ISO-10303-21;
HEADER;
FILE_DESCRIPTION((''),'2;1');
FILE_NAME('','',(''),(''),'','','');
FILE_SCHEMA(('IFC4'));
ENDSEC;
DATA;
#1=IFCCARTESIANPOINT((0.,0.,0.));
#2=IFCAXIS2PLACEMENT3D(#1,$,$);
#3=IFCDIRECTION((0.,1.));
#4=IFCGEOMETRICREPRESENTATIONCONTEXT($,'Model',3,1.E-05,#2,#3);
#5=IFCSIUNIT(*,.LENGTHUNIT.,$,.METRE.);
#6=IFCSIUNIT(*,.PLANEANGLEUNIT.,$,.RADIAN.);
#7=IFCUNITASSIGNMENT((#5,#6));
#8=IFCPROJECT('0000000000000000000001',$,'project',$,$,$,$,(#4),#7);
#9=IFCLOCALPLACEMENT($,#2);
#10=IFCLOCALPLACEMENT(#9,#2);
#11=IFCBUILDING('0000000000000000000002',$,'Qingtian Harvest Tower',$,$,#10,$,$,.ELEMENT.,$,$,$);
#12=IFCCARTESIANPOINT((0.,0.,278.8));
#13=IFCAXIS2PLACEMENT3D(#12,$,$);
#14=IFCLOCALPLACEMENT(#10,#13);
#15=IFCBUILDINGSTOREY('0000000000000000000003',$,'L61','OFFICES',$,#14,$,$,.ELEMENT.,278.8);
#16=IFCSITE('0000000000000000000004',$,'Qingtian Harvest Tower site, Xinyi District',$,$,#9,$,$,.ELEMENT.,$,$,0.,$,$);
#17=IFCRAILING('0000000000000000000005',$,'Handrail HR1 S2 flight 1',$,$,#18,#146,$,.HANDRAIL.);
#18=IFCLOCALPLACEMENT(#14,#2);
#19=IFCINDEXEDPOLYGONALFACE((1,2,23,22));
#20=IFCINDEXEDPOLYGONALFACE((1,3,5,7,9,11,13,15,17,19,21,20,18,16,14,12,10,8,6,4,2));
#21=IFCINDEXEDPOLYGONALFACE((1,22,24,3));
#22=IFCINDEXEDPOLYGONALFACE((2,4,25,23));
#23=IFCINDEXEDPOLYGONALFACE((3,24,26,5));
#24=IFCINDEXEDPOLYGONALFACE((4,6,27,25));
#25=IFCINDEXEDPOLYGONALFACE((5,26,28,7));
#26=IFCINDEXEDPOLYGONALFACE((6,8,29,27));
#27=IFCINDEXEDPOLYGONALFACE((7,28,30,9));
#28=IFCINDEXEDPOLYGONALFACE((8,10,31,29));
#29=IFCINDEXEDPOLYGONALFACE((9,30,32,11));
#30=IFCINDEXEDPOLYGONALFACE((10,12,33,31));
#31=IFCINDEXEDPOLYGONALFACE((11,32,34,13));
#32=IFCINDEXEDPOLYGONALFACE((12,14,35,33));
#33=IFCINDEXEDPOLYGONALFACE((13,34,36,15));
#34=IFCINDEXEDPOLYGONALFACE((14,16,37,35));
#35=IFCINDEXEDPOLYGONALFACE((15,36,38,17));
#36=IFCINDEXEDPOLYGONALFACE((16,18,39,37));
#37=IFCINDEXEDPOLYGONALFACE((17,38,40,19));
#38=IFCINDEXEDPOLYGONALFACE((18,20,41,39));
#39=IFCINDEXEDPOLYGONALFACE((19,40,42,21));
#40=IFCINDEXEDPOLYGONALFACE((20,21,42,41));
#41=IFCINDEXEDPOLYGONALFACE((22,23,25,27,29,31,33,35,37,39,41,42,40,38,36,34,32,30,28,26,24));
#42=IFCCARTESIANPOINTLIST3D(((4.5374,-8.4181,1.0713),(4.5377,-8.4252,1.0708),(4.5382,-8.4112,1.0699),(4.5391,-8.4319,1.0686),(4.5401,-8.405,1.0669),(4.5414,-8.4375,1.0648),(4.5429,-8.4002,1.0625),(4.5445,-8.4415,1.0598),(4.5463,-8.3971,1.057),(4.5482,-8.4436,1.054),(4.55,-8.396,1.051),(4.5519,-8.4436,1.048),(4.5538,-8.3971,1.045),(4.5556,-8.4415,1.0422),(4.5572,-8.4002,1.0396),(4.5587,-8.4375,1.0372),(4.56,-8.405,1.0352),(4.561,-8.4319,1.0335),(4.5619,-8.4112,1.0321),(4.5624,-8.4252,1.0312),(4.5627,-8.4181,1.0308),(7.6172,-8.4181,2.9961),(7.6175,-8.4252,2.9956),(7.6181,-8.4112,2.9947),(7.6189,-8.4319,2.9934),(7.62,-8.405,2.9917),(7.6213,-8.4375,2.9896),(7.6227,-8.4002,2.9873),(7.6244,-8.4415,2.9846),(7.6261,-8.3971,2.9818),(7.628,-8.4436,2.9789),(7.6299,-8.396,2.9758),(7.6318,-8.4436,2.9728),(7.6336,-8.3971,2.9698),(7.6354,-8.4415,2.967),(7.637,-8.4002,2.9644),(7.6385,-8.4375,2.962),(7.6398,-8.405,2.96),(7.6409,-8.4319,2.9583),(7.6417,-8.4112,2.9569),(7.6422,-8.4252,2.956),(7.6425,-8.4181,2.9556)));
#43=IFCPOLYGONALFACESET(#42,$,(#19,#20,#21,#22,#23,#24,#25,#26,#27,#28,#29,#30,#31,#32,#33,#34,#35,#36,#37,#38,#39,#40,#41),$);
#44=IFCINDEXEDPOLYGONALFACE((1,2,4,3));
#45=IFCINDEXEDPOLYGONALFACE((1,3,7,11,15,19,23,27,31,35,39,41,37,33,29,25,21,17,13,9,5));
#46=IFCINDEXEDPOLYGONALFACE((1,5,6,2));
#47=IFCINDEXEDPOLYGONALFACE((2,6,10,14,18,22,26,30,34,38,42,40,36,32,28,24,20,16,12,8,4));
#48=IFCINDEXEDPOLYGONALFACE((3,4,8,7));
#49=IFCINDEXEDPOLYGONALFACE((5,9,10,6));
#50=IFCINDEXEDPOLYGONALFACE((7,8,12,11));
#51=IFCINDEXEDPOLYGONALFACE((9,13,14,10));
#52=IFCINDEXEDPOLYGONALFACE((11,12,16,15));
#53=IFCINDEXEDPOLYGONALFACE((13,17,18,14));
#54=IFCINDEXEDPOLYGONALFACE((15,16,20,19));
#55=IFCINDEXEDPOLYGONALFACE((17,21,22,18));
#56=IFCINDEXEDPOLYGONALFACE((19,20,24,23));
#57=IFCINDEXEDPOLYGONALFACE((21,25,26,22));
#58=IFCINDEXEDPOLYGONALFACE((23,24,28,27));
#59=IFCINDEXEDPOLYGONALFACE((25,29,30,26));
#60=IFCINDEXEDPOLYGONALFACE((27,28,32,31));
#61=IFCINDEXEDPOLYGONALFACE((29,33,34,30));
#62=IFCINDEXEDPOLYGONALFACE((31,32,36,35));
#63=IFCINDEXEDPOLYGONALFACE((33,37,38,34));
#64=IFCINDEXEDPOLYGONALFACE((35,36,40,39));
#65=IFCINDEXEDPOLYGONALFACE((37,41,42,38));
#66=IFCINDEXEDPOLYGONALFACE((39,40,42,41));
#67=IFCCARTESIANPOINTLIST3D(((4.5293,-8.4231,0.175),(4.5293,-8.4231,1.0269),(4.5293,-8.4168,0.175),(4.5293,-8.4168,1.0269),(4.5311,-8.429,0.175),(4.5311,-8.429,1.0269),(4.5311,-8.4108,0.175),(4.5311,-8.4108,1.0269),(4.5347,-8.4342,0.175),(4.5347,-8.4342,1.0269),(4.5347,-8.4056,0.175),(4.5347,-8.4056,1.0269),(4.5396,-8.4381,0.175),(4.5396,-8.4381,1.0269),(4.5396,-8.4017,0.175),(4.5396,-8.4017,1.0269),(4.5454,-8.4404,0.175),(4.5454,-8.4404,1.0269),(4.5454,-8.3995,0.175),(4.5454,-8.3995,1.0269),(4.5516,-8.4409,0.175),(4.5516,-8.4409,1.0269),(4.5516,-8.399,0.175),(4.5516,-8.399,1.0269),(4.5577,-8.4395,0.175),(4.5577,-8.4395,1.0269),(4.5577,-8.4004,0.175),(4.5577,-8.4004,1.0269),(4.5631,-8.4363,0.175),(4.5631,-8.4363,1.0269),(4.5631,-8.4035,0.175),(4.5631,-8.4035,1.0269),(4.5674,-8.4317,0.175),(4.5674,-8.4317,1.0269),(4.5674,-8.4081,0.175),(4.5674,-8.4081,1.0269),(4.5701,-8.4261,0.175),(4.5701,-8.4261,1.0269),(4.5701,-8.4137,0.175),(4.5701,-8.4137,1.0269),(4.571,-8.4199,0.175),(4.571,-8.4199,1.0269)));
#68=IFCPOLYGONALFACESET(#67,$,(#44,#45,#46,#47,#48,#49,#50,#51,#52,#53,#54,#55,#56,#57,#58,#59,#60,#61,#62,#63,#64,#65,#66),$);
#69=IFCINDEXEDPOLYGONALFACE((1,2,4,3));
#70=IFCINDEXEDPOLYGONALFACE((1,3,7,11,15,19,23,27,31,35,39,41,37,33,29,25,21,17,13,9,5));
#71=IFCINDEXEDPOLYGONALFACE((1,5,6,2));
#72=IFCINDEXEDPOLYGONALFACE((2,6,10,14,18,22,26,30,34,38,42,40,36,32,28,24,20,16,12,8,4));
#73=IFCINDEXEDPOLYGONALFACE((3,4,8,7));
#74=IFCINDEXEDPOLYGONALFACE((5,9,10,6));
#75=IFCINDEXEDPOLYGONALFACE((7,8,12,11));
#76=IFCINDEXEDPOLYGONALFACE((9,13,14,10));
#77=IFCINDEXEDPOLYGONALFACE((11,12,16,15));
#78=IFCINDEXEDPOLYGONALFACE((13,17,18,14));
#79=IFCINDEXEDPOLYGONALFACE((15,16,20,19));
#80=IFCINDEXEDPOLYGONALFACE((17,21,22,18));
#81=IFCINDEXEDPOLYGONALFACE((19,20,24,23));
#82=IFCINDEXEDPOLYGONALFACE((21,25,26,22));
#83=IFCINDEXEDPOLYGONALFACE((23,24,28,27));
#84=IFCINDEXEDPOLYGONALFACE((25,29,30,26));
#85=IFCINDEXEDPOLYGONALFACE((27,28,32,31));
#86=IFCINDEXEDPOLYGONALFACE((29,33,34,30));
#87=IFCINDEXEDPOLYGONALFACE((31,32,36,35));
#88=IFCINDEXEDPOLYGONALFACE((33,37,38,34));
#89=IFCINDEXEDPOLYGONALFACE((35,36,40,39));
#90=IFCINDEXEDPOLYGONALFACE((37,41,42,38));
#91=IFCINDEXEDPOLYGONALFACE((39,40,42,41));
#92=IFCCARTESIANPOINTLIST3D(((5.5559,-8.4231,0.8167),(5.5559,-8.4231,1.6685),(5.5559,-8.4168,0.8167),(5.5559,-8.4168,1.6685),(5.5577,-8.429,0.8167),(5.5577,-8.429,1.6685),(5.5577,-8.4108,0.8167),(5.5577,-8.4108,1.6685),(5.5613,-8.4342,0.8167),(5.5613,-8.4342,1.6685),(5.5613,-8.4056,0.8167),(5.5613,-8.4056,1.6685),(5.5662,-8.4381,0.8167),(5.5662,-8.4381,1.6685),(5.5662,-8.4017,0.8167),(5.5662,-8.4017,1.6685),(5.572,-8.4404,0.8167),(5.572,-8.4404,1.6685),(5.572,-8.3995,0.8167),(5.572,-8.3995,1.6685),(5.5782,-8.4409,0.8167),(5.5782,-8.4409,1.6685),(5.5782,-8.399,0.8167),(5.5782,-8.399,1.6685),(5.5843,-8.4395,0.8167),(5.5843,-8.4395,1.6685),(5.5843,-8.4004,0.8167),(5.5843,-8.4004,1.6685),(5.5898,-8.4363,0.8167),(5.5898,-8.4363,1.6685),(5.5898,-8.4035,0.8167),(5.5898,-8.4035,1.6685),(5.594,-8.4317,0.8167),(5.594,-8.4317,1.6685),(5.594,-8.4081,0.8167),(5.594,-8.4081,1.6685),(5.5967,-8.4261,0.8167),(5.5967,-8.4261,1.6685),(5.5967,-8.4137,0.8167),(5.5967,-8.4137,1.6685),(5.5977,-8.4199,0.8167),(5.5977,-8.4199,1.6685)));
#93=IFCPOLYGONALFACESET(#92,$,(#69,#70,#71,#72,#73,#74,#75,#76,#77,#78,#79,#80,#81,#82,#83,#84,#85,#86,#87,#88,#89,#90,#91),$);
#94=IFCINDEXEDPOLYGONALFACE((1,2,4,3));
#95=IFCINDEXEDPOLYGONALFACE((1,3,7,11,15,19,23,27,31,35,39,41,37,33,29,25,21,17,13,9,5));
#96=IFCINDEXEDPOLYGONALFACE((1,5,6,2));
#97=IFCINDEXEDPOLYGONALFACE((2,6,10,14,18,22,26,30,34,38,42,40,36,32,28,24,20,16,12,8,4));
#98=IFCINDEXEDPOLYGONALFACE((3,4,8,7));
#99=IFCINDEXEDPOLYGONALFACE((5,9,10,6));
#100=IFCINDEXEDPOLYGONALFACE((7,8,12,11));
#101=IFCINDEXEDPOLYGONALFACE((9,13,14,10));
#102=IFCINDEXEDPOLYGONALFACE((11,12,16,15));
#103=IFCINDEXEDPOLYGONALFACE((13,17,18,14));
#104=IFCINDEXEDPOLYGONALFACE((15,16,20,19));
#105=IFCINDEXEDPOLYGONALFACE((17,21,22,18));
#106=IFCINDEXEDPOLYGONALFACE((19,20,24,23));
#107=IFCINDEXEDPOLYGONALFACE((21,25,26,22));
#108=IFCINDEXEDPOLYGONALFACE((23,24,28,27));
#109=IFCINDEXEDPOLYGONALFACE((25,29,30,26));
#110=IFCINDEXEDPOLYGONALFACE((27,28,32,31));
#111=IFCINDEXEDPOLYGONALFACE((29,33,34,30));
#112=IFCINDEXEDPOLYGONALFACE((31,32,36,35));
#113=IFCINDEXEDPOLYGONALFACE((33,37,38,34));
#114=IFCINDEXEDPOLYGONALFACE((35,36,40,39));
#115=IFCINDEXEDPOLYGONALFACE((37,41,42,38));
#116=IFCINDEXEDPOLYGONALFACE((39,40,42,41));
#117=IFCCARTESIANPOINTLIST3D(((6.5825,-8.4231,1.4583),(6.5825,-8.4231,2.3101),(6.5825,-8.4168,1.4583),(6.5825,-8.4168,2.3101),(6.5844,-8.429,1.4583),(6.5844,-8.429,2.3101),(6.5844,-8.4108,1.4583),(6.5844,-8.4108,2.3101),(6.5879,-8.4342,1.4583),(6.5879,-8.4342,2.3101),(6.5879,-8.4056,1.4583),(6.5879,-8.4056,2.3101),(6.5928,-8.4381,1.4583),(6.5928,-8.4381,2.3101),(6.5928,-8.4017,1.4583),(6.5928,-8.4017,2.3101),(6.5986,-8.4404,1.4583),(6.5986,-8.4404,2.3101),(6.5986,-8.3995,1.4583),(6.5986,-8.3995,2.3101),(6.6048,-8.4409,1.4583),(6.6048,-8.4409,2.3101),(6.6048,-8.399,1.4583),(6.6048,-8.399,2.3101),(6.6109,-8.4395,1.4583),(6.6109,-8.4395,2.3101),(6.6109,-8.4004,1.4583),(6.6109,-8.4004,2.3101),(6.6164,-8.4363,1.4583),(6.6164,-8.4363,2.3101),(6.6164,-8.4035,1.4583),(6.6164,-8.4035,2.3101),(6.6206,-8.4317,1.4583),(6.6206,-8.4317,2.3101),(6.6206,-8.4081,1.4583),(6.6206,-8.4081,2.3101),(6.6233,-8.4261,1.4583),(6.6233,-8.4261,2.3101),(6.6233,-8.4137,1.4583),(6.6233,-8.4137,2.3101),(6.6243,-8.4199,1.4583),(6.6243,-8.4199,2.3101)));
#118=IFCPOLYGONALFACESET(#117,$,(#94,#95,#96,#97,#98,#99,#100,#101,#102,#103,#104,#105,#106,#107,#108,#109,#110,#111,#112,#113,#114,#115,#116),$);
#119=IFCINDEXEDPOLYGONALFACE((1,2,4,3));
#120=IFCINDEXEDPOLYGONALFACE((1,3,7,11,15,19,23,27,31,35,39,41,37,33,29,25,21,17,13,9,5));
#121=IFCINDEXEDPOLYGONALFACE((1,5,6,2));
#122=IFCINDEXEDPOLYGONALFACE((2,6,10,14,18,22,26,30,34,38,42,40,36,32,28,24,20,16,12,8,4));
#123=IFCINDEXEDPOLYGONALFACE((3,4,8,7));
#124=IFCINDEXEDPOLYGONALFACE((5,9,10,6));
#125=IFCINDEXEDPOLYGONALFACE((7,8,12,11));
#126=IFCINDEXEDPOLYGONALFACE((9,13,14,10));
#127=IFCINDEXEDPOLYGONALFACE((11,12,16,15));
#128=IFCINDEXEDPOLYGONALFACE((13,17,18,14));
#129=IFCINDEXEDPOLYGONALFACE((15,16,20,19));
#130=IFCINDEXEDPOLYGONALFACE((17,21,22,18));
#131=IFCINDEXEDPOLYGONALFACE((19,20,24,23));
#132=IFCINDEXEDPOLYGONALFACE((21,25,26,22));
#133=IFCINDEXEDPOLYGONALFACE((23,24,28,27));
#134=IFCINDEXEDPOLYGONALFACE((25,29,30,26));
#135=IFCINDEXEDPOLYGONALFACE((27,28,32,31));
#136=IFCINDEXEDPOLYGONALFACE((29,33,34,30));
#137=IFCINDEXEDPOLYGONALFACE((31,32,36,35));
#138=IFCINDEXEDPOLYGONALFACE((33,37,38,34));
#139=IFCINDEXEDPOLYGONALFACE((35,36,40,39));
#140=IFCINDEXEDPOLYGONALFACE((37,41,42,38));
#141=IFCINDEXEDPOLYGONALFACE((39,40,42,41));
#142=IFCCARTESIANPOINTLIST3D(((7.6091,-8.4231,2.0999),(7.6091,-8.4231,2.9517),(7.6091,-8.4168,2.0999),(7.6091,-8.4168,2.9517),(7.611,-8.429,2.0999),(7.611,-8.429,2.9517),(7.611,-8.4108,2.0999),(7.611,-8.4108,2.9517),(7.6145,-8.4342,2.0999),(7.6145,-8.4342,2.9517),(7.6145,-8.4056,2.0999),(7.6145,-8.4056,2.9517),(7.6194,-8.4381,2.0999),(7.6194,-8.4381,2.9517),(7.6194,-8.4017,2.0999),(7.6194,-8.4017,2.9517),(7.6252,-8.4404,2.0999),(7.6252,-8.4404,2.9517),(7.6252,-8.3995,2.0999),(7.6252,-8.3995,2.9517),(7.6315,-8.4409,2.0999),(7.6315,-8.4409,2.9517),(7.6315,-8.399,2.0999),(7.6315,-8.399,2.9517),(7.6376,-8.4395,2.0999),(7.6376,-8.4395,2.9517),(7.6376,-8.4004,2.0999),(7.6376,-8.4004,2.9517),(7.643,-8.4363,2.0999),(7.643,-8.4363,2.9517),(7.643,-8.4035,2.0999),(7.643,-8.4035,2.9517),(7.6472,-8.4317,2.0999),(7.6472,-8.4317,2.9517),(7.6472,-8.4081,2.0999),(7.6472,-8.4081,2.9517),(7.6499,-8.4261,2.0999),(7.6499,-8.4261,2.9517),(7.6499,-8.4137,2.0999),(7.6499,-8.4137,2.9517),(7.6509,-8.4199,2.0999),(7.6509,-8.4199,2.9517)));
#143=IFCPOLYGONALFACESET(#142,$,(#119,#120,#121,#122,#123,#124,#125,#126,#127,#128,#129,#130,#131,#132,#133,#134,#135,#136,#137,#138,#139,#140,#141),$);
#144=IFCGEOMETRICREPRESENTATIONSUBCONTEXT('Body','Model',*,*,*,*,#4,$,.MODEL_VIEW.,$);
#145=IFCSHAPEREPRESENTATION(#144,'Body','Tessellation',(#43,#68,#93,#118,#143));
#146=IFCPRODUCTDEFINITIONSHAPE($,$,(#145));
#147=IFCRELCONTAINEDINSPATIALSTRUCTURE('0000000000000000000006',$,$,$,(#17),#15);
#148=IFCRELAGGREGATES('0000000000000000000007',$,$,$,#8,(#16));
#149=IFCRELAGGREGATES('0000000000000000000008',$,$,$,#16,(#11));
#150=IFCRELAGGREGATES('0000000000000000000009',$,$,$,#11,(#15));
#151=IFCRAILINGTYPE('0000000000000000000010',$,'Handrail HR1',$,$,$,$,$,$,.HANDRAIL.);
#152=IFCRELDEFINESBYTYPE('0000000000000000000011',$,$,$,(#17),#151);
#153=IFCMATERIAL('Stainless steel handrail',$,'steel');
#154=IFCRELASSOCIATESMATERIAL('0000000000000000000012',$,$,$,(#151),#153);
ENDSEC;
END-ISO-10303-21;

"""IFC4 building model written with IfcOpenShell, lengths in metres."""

from ifc_helpers import new_model, si_unit, direction, frame, origin, origin_2d, place, context, subcontext, project, spatial, circle, extrude, material, type_object, element, save


model = new_model("IFC4")

# Units and contexts
model_context = context("Model", 3, precision=1e-05, world=origin(), true_north=direction((0.0, 1.0)))
body_context = subcontext(model_context, "Body", "Model", "MODEL_VIEW")
ifc_project = project(units=[si_unit("LENGTHUNIT", "METRE"), si_unit("PLANEANGLEUNIT", "RADIAN")], contexts=[model_context])

# Site, building, storey
site_placement = place(None, origin())
site = spatial("IfcSite", under=ifc_project, at=site_placement, Name="Qingtian Harvest Tower site, Xinyi District", CompositionType="ELEMENT", RefElevation=0.0)
building_placement = place(site_placement, origin())
building = spatial("IfcBuilding", under=site, at=building_placement, Name="Qingtian Harvest Tower", CompositionType="ELEMENT")
storey_placement = place(building_placement, frame((0.0, 0.0, 278.8)))
storey = spatial("IfcBuildingStorey", under=building, at=storey_placement, Name="L61", Description="OFFICES", CompositionType="ELEMENT", Elevation=278.8)

# Railing
ifc_material_1 = material(Name="Stainless steel handrail", Category="steel")
railing_type = type_object("IfcRailingType", Name="Handrail HR1", PredefinedType="HANDRAIL", material=ifc_material_1)
railing_1_placement = place(storey_placement, frame((4.55, -8.4199, 0.175)))
element("IfcRailing", 1, at=railing_1_placement, inside=storey, type_object=railing_type, Name="Handrail HR1 S2 flight 1", PredefinedType="HANDRAIL", context=body_context, shape_type="SweptSolid", body=[
    extrude(circle(Radius=0.0239, at=origin_2d()), frame((0.0, 0.0, 0.876), z_axis=(0.84801, 0.0, 0.529981), x_axis=(0.0, 1.0, 0.0)), (0.0, 0.0, 1.0), 3.6318),
    extrude(circle(Radius=0.021, at=origin_2d()), origin(), (0.0, 0.0, 1.0), 0.8518),
    extrude(circle(Radius=0.021, at=origin_2d()), frame((1.0266, 0.0, 0.6416)), (0.0, 0.0, 1.0), 0.8518),
    extrude(circle(Radius=0.021, at=origin_2d()), frame((2.0532, 0.0, 1.2832)), (0.0, 0.0, 1.0), 0.8518),
    extrude(circle(Radius=0.021, at=origin_2d()), frame((3.0798, 0.0, 1.9248)), (0.0, 0.0, 1.0), 0.8518),
])

save(model, "model.ifc")
